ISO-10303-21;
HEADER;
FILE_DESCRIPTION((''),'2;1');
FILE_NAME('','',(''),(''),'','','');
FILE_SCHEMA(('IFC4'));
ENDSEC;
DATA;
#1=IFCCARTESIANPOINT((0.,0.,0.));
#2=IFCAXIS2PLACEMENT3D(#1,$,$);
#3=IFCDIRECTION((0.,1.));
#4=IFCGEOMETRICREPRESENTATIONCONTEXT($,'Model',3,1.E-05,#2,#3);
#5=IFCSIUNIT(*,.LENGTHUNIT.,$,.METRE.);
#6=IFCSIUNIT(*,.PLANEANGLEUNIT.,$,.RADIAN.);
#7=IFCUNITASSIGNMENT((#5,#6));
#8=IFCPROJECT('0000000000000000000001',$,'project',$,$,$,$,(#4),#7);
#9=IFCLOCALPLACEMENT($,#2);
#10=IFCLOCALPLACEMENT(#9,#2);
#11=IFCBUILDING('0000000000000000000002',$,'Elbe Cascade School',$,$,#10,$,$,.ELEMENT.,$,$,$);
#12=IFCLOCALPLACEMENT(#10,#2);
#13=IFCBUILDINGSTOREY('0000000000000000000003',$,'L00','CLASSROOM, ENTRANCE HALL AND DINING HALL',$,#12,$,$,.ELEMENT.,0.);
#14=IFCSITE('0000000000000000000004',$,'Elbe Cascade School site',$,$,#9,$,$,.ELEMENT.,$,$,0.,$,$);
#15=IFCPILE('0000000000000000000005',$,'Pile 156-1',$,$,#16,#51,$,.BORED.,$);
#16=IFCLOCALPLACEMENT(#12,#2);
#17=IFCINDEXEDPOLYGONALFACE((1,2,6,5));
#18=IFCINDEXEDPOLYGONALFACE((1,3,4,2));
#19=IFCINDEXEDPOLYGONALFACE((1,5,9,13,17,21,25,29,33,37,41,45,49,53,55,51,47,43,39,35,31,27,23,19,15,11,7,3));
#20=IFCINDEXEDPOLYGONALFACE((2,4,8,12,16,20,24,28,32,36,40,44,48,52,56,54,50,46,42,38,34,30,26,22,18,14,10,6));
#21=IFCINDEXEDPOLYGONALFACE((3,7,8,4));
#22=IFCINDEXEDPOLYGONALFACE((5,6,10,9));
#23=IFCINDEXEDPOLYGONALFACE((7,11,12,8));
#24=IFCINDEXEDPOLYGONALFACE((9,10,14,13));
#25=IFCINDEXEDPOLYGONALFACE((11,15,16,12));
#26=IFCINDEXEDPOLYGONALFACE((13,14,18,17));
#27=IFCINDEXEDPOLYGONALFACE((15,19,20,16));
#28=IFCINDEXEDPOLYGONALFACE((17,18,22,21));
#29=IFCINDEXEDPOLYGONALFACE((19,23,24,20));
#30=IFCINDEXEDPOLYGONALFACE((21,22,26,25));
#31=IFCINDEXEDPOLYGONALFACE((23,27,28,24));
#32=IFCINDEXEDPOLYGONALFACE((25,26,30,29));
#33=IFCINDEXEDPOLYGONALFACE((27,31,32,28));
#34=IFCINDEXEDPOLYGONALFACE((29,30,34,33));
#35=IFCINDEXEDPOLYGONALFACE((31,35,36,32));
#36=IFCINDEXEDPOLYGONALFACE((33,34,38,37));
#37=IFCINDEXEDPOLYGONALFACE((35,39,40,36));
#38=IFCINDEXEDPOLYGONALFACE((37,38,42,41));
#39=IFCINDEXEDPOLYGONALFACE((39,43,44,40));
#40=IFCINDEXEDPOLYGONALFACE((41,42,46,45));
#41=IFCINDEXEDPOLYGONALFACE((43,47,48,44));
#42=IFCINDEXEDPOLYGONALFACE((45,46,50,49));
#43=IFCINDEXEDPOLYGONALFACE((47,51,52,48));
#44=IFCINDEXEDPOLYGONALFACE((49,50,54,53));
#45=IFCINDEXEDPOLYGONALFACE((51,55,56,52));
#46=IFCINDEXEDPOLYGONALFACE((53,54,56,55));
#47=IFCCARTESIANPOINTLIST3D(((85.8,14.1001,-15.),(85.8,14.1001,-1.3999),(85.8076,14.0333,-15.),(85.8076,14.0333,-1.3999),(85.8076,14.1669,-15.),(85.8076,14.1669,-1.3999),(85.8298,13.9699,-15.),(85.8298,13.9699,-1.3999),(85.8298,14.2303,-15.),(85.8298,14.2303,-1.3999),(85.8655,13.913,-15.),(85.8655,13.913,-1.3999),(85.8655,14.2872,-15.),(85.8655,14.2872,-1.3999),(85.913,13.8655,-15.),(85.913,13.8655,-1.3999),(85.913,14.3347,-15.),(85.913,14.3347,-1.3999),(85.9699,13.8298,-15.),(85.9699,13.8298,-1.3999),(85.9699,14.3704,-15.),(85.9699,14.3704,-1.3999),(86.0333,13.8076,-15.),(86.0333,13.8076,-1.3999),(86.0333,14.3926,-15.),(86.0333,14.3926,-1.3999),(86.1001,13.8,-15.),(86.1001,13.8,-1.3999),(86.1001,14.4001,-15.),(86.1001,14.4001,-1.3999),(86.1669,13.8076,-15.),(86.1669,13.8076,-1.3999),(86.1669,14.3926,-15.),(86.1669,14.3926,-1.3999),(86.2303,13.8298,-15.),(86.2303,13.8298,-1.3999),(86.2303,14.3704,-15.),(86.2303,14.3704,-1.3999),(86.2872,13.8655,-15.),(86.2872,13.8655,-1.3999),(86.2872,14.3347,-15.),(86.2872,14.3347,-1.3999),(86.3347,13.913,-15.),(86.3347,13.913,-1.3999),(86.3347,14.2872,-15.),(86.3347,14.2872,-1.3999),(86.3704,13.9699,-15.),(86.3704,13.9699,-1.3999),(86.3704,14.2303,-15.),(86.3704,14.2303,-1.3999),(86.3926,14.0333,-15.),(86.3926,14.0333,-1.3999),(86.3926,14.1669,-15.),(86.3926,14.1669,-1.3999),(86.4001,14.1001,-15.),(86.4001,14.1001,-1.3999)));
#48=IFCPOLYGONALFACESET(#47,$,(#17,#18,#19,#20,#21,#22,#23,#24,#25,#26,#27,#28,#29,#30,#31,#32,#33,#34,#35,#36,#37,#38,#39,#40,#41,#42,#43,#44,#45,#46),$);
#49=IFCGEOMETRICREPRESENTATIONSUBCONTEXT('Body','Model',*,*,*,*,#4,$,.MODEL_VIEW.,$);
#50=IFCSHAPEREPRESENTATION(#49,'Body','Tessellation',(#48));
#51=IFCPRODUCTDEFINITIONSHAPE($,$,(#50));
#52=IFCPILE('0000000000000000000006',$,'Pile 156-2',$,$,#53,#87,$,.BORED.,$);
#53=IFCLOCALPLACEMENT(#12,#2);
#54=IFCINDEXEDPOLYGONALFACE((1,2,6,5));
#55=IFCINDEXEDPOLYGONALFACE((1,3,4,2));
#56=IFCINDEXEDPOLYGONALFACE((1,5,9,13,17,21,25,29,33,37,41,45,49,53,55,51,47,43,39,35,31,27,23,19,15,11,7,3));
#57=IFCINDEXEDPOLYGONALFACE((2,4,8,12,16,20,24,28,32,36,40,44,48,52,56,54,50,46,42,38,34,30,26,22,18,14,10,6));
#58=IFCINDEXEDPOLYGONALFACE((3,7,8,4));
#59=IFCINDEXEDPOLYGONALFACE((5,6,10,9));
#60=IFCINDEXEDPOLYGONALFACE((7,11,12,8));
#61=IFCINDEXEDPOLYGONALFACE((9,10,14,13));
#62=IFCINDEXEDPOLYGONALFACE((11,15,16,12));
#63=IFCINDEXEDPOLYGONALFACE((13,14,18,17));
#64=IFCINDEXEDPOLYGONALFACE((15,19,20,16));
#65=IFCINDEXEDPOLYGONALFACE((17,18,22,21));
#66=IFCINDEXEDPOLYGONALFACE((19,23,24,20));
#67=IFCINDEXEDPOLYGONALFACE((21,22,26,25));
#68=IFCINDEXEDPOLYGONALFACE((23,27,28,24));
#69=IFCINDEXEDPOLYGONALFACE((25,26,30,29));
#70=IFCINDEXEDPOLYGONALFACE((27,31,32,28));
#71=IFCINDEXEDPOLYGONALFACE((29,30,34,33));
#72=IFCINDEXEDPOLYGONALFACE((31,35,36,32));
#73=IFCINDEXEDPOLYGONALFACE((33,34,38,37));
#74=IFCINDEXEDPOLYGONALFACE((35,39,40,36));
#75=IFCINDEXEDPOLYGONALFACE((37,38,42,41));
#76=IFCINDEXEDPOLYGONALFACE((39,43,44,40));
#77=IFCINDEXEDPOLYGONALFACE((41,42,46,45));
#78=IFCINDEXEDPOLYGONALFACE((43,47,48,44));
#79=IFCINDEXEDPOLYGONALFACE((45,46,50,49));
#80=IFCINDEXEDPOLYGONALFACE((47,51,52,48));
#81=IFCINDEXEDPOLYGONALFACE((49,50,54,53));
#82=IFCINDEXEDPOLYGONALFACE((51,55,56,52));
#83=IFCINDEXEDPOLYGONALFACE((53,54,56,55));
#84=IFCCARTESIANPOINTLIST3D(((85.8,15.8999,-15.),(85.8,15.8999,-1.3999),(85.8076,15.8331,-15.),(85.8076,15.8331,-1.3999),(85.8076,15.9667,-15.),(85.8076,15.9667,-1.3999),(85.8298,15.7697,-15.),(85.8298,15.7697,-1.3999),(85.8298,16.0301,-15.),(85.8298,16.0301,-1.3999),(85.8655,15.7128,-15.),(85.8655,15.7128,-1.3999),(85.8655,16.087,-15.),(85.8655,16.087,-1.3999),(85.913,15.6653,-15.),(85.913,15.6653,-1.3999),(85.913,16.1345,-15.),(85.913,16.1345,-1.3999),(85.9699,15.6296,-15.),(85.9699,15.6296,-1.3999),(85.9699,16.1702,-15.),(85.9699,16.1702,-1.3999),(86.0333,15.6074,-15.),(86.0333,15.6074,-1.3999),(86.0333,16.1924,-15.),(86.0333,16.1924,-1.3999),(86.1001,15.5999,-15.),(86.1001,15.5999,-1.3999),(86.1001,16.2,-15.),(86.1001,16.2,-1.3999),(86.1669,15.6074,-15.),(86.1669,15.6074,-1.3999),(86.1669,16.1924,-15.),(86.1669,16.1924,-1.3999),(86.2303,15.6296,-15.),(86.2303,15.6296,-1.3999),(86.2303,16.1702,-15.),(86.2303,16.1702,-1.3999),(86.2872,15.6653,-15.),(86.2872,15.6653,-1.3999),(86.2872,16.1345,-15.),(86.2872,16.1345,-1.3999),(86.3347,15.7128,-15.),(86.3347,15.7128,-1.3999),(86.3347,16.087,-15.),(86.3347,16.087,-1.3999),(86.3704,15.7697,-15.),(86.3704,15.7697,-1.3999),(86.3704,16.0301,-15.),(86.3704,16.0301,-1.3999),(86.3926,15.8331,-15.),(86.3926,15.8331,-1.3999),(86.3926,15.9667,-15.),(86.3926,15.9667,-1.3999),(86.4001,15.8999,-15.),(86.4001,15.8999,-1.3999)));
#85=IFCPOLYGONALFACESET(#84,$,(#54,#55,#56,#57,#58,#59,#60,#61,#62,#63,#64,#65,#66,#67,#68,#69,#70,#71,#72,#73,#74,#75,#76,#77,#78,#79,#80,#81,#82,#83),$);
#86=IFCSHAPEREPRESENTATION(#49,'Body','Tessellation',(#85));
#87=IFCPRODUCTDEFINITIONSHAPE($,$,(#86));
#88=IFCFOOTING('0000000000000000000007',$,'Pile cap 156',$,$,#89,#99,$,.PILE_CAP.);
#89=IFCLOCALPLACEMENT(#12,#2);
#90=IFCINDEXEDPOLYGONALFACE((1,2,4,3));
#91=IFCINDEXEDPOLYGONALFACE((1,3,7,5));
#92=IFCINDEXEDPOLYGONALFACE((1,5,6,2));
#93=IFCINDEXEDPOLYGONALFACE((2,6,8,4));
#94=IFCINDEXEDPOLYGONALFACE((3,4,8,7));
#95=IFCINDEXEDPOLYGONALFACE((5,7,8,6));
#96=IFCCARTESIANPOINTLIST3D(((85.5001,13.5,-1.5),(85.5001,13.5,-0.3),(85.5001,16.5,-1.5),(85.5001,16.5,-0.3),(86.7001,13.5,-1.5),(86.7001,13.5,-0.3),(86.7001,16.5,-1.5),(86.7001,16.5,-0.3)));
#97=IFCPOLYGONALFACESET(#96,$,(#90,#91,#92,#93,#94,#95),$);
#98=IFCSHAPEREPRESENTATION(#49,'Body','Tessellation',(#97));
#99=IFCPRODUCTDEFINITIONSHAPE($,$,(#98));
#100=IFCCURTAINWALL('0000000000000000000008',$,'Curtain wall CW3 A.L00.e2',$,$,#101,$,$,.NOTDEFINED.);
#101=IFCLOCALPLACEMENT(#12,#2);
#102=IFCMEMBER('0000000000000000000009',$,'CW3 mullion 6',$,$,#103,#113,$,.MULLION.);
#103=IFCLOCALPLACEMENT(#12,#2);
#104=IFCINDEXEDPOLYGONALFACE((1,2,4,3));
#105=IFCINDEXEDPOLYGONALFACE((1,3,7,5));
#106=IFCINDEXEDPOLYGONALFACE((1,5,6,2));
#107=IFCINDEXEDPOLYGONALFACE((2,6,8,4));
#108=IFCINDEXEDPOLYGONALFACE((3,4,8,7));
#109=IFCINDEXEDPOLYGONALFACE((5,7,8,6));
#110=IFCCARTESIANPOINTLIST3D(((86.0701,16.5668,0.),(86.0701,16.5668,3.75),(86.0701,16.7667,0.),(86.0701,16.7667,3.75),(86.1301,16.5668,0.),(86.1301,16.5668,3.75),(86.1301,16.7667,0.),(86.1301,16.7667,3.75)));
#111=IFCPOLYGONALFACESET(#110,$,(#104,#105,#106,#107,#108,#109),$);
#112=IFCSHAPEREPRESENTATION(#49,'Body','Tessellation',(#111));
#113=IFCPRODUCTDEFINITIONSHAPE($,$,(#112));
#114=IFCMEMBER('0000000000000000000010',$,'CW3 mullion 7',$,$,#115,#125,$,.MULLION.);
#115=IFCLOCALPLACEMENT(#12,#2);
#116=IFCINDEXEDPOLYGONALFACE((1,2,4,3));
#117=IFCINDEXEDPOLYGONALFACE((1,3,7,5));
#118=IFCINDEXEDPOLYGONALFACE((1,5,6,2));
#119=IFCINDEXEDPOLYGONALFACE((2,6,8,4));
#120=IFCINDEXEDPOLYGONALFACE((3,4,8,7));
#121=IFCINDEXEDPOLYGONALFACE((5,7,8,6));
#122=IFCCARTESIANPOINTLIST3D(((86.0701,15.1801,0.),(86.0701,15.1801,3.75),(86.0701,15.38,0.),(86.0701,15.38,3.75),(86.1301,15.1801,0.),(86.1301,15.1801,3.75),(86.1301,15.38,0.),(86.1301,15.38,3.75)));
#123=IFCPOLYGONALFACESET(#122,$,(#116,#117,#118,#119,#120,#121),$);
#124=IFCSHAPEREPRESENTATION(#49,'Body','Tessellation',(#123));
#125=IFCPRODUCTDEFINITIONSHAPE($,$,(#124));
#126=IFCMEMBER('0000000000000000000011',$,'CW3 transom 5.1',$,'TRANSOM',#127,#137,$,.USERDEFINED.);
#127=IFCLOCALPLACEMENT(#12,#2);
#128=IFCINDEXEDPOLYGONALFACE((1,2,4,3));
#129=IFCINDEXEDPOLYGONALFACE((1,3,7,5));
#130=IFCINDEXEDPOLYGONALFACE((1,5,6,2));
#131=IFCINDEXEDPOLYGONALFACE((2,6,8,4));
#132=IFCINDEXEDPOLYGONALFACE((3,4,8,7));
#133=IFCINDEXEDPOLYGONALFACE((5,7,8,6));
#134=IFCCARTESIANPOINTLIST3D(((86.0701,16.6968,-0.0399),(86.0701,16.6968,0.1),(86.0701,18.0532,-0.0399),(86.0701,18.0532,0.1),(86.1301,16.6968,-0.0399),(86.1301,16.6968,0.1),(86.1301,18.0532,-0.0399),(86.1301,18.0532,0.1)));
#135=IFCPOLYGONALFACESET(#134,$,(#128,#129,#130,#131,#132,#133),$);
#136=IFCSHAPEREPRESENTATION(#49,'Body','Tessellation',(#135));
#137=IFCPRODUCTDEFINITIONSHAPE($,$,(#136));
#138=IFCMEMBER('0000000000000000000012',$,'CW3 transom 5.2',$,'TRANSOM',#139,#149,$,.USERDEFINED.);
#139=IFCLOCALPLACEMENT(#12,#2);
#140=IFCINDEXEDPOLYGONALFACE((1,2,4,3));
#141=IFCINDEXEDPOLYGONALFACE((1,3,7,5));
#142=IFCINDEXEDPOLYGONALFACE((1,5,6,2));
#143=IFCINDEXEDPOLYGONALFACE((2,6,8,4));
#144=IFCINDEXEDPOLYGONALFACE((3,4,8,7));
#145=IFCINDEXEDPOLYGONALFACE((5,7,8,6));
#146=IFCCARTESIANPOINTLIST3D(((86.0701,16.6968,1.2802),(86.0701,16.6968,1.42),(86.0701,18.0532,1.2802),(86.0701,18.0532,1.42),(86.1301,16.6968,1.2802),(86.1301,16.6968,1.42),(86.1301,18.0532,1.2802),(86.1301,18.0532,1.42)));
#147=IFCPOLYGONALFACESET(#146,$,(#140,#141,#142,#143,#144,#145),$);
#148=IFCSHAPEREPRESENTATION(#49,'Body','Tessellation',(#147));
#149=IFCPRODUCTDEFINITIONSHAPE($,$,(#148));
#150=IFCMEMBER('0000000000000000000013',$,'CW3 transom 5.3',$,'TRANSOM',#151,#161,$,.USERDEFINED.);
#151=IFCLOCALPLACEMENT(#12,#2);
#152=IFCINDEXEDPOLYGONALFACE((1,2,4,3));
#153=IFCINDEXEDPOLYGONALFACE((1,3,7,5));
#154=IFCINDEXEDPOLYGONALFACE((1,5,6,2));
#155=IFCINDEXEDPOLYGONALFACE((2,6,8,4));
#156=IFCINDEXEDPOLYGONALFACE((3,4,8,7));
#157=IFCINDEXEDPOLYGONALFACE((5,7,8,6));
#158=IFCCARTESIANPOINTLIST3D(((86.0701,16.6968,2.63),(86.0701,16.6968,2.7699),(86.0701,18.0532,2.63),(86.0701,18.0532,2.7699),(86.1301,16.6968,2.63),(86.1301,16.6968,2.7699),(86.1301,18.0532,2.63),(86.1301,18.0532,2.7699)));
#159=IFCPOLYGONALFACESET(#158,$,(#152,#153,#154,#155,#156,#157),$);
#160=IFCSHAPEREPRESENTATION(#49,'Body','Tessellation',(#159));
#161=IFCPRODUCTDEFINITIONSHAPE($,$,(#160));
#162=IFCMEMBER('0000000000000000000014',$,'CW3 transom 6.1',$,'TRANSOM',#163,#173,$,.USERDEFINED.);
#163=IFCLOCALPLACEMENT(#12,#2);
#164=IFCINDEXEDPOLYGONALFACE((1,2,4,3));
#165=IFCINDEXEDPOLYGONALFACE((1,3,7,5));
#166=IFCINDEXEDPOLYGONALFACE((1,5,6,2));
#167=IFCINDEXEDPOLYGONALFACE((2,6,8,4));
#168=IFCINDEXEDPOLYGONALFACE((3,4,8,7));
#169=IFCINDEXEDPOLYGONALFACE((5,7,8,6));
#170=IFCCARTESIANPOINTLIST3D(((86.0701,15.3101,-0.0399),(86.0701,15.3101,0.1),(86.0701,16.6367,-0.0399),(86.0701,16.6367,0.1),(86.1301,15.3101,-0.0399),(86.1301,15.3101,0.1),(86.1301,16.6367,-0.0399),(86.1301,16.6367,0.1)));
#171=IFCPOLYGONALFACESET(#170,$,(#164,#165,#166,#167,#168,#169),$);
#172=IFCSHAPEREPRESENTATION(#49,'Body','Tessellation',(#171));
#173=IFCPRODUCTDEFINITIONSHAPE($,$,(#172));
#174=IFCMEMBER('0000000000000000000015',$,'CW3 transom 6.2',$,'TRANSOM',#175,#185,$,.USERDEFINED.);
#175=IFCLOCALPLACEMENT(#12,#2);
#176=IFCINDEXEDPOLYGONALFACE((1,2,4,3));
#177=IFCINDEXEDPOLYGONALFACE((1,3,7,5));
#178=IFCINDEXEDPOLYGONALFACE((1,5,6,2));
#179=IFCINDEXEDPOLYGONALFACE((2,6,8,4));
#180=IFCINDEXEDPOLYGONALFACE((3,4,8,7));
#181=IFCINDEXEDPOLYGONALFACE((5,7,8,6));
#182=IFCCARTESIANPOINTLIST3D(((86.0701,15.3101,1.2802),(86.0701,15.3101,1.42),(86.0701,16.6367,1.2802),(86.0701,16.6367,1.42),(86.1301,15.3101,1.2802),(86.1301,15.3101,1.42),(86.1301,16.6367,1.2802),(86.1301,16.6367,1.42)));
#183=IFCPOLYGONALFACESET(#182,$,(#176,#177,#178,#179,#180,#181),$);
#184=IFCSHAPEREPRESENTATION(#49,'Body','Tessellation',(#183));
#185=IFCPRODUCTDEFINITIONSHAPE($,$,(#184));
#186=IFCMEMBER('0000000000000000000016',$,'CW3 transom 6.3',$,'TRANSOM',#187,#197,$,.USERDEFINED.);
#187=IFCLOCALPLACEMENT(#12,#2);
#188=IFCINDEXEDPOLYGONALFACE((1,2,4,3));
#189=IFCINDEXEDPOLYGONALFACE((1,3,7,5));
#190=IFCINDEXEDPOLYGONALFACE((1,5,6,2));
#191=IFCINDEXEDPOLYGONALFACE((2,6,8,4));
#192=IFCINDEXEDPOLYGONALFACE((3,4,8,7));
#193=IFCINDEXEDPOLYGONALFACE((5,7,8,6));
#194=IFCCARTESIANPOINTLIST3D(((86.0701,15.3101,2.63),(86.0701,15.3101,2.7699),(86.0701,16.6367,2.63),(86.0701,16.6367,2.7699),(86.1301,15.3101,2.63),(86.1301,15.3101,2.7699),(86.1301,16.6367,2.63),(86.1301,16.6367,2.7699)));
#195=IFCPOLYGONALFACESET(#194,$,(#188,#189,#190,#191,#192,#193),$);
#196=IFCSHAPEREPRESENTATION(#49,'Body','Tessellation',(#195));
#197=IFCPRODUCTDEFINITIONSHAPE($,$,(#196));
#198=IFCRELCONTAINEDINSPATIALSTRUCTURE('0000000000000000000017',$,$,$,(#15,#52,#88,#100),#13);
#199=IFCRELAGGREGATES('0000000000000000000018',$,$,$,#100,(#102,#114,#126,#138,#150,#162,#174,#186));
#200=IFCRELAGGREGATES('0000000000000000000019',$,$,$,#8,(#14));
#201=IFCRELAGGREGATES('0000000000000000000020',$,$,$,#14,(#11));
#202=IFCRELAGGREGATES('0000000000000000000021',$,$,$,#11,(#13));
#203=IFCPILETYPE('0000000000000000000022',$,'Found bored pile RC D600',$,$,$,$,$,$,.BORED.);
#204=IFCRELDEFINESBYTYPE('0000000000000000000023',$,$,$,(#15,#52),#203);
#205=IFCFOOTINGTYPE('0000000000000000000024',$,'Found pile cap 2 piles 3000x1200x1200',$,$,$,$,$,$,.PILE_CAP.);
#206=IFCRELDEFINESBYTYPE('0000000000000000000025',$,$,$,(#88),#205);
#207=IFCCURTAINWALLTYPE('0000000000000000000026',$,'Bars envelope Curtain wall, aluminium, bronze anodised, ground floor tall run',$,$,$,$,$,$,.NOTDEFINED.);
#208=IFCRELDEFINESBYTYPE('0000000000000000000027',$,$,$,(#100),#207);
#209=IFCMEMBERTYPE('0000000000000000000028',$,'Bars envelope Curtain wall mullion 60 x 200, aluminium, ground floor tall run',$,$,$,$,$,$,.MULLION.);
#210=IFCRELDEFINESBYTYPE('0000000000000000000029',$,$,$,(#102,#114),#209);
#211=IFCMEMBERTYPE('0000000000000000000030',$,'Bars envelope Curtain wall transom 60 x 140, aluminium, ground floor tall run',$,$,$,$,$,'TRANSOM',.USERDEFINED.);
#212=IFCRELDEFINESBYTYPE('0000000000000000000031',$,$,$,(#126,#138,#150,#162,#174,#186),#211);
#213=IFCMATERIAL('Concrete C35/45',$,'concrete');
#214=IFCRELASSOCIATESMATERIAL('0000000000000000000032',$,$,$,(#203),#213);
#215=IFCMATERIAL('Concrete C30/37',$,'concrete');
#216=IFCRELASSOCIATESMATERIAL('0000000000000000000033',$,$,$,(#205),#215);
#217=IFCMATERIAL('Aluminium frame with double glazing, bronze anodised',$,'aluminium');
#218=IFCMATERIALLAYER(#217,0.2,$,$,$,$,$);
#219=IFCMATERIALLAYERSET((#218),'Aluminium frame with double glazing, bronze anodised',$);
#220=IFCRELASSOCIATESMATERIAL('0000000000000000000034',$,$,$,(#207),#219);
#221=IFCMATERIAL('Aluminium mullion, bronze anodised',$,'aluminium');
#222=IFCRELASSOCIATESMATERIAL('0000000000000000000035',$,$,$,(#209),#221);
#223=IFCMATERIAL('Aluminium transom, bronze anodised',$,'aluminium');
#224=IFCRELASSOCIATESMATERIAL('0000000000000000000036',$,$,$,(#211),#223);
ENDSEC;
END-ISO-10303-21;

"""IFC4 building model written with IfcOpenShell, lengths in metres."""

from ifc_helpers import new_model, si_unit, direction, frame, origin, origin_2d, place, context, subcontext, project, spatial, rectangle, circle, extrude, material, layer, layer_set, material_profile, profile_set, type_object, element, aggregate, save


model = new_model("IFC4")

# Units and contexts
model_context = context("Model", 3, precision=1e-05, world=origin(), true_north=direction((0.0, 1.0)))
body_context = subcontext(model_context, "Body", "Model", "MODEL_VIEW")
ifc_project = project(units=[si_unit("LENGTHUNIT", "METRE"), si_unit("PLANEANGLEUNIT", "RADIAN")], contexts=[model_context])

# Site, building, storey
site_placement = place(None, origin())
site = spatial("IfcSite", under=ifc_project, at=site_placement, Name="Elbe Cascade School site", CompositionType="ELEMENT", RefElevation=0.0)
building_placement = place(site_placement, origin())
building = spatial("IfcBuilding", under=site, at=building_placement, Name="Elbe Cascade School", CompositionType="ELEMENT")
storey_placement = place(building_placement, origin())
storey = spatial("IfcBuildingStorey", under=building, at=storey_placement, Name="L00", Description="CLASSROOM, ENTRANCE HALL AND DINING HALL", CompositionType="ELEMENT", Elevation=0.0)

# Piles
ifc_material_1 = material(Name="Concrete C35/45", Category="concrete")
ifc_material_profile_1 = material_profile(ifc_material_1, circle(Radius=0.3, at=origin_2d()), Name="RC D600")
ifc_profile_set_1 = profile_set([ifc_material_profile_1], Name="Concrete C35/45")
pile_type = type_object("IfcPileType", Name="Found bored pile RC D600", PredefinedType="BORED", material=ifc_profile_set_1)
for number, where, z_axis, x_axis, name in (
    (1, (86.1001, 14.1001, -1.3999), (0.0, 0.0, -1.0), (1.0, 0.0, 0.0), "Pile 156-1"),
    (2, (86.1001, 15.8999, -1.3999), (0.0, 0.0, -1.0), (1.0, 0.0, 0.0), "Pile 156-2"),
):
    element("IfcPile", number, at=place(storey_placement, frame(where, z_axis=z_axis, x_axis=x_axis)), inside=storey, type_object=pile_type, Name=name, PredefinedType="BORED", context=body_context, shape_type="SweptSolid", body=[
        extrude(circle(Radius=0.3, at=origin_2d()), origin(), (0.0, 0.0, 1.0), 13.6001),
    ])

# Footing
ifc_material_2 = material(Name="Concrete C30/37", Category="concrete")
footing_type = type_object("IfcFootingType", Name="Found pile cap 2 piles 3000x1200x1200", PredefinedType="PILE_CAP", material=ifc_material_2)
footing_placement = place(storey_placement, frame((86.1001, 15.0, -1.5), z_axis=(0.0, 0.0, 1.0), x_axis=(1.0, 0.0, 0.0)))
element("IfcFooting", 3, at=footing_placement, inside=storey, type_object=footing_type, Name="Pile cap 156", PredefinedType="PILE_CAP", context=body_context, shape_type="SweptSolid", body=[
    extrude(rectangle(XDim=1.2, YDim=3.0, at=origin_2d()), origin(), (0.0, 0.0, 1.0), 1.2),
])

# Curtain wall, members
ifc_material_3 = material(Name="Aluminium frame with double glazing, bronze anodised", Category="aluminium")
ifc_layer_1 = layer(ifc_material_3, 0.2)
ifc_layer_set_1 = layer_set([ifc_layer_1], Name="Aluminium frame with double glazing, bronze anodised")
curtain_wall_type = type_object("IfcCurtainWallType", Name="Bars envelope Curtain wall, aluminium, bronze anodised, ground floor tall run", PredefinedType="NOTDEFINED", material=ifc_layer_set_1)
curtain_wall_placement = place(storey_placement, origin())
curtain_wall = element("IfcCurtainWall", 4, at=curtain_wall_placement, inside=storey, type_object=curtain_wall_type, Name="Curtain wall CW3 A.L00.e2", PredefinedType="NOTDEFINED")
ifc_material_4 = material(Name="Aluminium mullion, bronze anodised", Category="aluminium")
ifc_material_profile_2 = material_profile(ifc_material_4, rectangle(XDim=0.0601, YDim=0.2, at=origin_2d()), Name="Bars envelope Curtain wall mullion 60 x 200, aluminium, ground floor tall run")
ifc_profile_set_2 = profile_set([ifc_material_profile_2], Name="Aluminium mullion, bronze anodised")
member_type_1 = type_object("IfcMemberType", Name="Bars envelope Curtain wall mullion 60 x 200, aluminium, ground floor tall run", PredefinedType="MULLION", material=ifc_profile_set_2)
member_1_placement = place(storey_placement, frame((86.1001, 16.6667, 0.0), z_axis=(0.0, 0.0, 1.0), x_axis=(1.0, 0.0, 0.0)))
member_1 = element("IfcMember", 5, at=member_1_placement, type_object=member_type_1, Name="CW3 mullion 6", PredefinedType="MULLION", context=body_context, shape_type="SweptSolid", body=[
    extrude(rectangle(XDim=0.0601, YDim=0.2, at=origin_2d()), origin(), (0.0, 0.0, 1.0), 3.75),
])
member_2_placement = place(storey_placement, frame((86.1001, 15.28, 0.0), z_axis=(0.0, 0.0, 1.0), x_axis=(1.0, 0.0, 0.0)))
member_2 = element("IfcMember", 6, at=member_2_placement, type_object=member_type_1, Name="CW3 mullion 7", PredefinedType="MULLION", context=body_context, shape_type="SweptSolid", body=[
    extrude(rectangle(XDim=0.0601, YDim=0.2, at=origin_2d()), origin(), (0.0, 0.0, 1.0), 3.75),
])
ifc_material_5 = material(Name="Aluminium transom, bronze anodised", Category="aluminium")
ifc_material_profile_3 = material_profile(ifc_material_5, rectangle(XDim=0.0601, YDim=0.1399, at=origin_2d()), Name="Bars envelope Curtain wall transom 60 x 140, aluminium, ground floor tall run")
ifc_profile_set_3 = profile_set([ifc_material_profile_3], Name="Aluminium transom, bronze anodised")
member_type_2 = type_object("IfcMemberType", Name="Bars envelope Curtain wall transom 60 x 140, aluminium, ground floor tall run", ElementType="TRANSOM", PredefinedType="USERDEFINED", material=ifc_profile_set_3)
member_3_placement = place(storey_placement, frame((86.1001, 18.0532, 0.03), z_axis=(0.0, -1.0, 0.0), x_axis=(1.0, 0.0, 0.0)))
member_3 = element("IfcMember", 7, at=member_3_placement, type_object=member_type_2, Name="CW3 transom 5.1", ObjectType="TRANSOM", PredefinedType="USERDEFINED", context=body_context, shape_type="SweptSolid", body=[
    extrude(rectangle(XDim=0.0601, YDim=0.1399, at=origin_2d()), origin(), (0.0, 0.0, 1.0), 1.3564),
])
member_4_placement = place(storey_placement, frame((86.1001, 18.0532, 1.3501), z_axis=(0.0, -1.0, 0.0), x_axis=(1.0, 0.0, 0.0)))
member_4 = element("IfcMember", 8, at=member_4_placement, type_object=member_type_2, Name="CW3 transom 5.2", ObjectType="TRANSOM", PredefinedType="USERDEFINED", context=body_context, shape_type="SweptSolid", body=[
    extrude(rectangle(XDim=0.0601, YDim=0.1399, at=origin_2d()), origin(), (0.0, 0.0, 1.0), 1.3564),
])
member_5_placement = place(storey_placement, frame((86.1001, 18.0532, 2.7), z_axis=(0.0, -1.0, 0.0), x_axis=(1.0, 0.0, 0.0)))
member_5 = element("IfcMember", 9, at=member_5_placement, type_object=member_type_2, Name="CW3 transom 5.3", ObjectType="TRANSOM", PredefinedType="USERDEFINED", context=body_context, shape_type="SweptSolid", body=[
    extrude(rectangle(XDim=0.0601, YDim=0.1399, at=origin_2d()), origin(), (0.0, 0.0, 1.0), 1.3564),
])
member_6_placement = place(storey_placement, frame((86.1001, 16.6367, 0.03), z_axis=(0.0, -1.0, 0.0), x_axis=(1.0, 0.0, 0.0)))
member_6 = element("IfcMember", 10, at=member_6_placement, type_object=member_type_2, Name="CW3 transom 6.1", ObjectType="TRANSOM", PredefinedType="USERDEFINED", context=body_context, shape_type="SweptSolid", body=[
    extrude(rectangle(XDim=0.0601, YDim=0.1399, at=origin_2d()), origin(), (0.0, 0.0, 1.0), 1.3267),
])
member_7_placement = place(storey_placement, frame((86.1001, 16.6367, 1.3501), z_axis=(0.0, -1.0, 0.0), x_axis=(1.0, 0.0, 0.0)))
member_7 = element("IfcMember", 11, at=member_7_placement, type_object=member_type_2, Name="CW3 transom 6.2", ObjectType="TRANSOM", PredefinedType="USERDEFINED", context=body_context, shape_type="SweptSolid", body=[
    extrude(rectangle(XDim=0.0601, YDim=0.1399, at=origin_2d()), origin(), (0.0, 0.0, 1.0), 1.3267),
])
member_8_placement = place(storey_placement, frame((86.1001, 16.6367, 2.7), z_axis=(0.0, -1.0, 0.0), x_axis=(1.0, 0.0, 0.0)))
member_8 = element("IfcMember", 12, at=member_8_placement, type_object=member_type_2, Name="CW3 transom 6.3", ObjectType="TRANSOM", PredefinedType="USERDEFINED", context=body_context, shape_type="SweptSolid", body=[
    extrude(rectangle(XDim=0.0601, YDim=0.1399, at=origin_2d()), origin(), (0.0, 0.0, 1.0), 1.3267),
])

aggregate(curtain_wall, [member_1, member_2, member_3, member_4, member_5, member_6, member_7, member_8])

save(model, "model.ifc")
